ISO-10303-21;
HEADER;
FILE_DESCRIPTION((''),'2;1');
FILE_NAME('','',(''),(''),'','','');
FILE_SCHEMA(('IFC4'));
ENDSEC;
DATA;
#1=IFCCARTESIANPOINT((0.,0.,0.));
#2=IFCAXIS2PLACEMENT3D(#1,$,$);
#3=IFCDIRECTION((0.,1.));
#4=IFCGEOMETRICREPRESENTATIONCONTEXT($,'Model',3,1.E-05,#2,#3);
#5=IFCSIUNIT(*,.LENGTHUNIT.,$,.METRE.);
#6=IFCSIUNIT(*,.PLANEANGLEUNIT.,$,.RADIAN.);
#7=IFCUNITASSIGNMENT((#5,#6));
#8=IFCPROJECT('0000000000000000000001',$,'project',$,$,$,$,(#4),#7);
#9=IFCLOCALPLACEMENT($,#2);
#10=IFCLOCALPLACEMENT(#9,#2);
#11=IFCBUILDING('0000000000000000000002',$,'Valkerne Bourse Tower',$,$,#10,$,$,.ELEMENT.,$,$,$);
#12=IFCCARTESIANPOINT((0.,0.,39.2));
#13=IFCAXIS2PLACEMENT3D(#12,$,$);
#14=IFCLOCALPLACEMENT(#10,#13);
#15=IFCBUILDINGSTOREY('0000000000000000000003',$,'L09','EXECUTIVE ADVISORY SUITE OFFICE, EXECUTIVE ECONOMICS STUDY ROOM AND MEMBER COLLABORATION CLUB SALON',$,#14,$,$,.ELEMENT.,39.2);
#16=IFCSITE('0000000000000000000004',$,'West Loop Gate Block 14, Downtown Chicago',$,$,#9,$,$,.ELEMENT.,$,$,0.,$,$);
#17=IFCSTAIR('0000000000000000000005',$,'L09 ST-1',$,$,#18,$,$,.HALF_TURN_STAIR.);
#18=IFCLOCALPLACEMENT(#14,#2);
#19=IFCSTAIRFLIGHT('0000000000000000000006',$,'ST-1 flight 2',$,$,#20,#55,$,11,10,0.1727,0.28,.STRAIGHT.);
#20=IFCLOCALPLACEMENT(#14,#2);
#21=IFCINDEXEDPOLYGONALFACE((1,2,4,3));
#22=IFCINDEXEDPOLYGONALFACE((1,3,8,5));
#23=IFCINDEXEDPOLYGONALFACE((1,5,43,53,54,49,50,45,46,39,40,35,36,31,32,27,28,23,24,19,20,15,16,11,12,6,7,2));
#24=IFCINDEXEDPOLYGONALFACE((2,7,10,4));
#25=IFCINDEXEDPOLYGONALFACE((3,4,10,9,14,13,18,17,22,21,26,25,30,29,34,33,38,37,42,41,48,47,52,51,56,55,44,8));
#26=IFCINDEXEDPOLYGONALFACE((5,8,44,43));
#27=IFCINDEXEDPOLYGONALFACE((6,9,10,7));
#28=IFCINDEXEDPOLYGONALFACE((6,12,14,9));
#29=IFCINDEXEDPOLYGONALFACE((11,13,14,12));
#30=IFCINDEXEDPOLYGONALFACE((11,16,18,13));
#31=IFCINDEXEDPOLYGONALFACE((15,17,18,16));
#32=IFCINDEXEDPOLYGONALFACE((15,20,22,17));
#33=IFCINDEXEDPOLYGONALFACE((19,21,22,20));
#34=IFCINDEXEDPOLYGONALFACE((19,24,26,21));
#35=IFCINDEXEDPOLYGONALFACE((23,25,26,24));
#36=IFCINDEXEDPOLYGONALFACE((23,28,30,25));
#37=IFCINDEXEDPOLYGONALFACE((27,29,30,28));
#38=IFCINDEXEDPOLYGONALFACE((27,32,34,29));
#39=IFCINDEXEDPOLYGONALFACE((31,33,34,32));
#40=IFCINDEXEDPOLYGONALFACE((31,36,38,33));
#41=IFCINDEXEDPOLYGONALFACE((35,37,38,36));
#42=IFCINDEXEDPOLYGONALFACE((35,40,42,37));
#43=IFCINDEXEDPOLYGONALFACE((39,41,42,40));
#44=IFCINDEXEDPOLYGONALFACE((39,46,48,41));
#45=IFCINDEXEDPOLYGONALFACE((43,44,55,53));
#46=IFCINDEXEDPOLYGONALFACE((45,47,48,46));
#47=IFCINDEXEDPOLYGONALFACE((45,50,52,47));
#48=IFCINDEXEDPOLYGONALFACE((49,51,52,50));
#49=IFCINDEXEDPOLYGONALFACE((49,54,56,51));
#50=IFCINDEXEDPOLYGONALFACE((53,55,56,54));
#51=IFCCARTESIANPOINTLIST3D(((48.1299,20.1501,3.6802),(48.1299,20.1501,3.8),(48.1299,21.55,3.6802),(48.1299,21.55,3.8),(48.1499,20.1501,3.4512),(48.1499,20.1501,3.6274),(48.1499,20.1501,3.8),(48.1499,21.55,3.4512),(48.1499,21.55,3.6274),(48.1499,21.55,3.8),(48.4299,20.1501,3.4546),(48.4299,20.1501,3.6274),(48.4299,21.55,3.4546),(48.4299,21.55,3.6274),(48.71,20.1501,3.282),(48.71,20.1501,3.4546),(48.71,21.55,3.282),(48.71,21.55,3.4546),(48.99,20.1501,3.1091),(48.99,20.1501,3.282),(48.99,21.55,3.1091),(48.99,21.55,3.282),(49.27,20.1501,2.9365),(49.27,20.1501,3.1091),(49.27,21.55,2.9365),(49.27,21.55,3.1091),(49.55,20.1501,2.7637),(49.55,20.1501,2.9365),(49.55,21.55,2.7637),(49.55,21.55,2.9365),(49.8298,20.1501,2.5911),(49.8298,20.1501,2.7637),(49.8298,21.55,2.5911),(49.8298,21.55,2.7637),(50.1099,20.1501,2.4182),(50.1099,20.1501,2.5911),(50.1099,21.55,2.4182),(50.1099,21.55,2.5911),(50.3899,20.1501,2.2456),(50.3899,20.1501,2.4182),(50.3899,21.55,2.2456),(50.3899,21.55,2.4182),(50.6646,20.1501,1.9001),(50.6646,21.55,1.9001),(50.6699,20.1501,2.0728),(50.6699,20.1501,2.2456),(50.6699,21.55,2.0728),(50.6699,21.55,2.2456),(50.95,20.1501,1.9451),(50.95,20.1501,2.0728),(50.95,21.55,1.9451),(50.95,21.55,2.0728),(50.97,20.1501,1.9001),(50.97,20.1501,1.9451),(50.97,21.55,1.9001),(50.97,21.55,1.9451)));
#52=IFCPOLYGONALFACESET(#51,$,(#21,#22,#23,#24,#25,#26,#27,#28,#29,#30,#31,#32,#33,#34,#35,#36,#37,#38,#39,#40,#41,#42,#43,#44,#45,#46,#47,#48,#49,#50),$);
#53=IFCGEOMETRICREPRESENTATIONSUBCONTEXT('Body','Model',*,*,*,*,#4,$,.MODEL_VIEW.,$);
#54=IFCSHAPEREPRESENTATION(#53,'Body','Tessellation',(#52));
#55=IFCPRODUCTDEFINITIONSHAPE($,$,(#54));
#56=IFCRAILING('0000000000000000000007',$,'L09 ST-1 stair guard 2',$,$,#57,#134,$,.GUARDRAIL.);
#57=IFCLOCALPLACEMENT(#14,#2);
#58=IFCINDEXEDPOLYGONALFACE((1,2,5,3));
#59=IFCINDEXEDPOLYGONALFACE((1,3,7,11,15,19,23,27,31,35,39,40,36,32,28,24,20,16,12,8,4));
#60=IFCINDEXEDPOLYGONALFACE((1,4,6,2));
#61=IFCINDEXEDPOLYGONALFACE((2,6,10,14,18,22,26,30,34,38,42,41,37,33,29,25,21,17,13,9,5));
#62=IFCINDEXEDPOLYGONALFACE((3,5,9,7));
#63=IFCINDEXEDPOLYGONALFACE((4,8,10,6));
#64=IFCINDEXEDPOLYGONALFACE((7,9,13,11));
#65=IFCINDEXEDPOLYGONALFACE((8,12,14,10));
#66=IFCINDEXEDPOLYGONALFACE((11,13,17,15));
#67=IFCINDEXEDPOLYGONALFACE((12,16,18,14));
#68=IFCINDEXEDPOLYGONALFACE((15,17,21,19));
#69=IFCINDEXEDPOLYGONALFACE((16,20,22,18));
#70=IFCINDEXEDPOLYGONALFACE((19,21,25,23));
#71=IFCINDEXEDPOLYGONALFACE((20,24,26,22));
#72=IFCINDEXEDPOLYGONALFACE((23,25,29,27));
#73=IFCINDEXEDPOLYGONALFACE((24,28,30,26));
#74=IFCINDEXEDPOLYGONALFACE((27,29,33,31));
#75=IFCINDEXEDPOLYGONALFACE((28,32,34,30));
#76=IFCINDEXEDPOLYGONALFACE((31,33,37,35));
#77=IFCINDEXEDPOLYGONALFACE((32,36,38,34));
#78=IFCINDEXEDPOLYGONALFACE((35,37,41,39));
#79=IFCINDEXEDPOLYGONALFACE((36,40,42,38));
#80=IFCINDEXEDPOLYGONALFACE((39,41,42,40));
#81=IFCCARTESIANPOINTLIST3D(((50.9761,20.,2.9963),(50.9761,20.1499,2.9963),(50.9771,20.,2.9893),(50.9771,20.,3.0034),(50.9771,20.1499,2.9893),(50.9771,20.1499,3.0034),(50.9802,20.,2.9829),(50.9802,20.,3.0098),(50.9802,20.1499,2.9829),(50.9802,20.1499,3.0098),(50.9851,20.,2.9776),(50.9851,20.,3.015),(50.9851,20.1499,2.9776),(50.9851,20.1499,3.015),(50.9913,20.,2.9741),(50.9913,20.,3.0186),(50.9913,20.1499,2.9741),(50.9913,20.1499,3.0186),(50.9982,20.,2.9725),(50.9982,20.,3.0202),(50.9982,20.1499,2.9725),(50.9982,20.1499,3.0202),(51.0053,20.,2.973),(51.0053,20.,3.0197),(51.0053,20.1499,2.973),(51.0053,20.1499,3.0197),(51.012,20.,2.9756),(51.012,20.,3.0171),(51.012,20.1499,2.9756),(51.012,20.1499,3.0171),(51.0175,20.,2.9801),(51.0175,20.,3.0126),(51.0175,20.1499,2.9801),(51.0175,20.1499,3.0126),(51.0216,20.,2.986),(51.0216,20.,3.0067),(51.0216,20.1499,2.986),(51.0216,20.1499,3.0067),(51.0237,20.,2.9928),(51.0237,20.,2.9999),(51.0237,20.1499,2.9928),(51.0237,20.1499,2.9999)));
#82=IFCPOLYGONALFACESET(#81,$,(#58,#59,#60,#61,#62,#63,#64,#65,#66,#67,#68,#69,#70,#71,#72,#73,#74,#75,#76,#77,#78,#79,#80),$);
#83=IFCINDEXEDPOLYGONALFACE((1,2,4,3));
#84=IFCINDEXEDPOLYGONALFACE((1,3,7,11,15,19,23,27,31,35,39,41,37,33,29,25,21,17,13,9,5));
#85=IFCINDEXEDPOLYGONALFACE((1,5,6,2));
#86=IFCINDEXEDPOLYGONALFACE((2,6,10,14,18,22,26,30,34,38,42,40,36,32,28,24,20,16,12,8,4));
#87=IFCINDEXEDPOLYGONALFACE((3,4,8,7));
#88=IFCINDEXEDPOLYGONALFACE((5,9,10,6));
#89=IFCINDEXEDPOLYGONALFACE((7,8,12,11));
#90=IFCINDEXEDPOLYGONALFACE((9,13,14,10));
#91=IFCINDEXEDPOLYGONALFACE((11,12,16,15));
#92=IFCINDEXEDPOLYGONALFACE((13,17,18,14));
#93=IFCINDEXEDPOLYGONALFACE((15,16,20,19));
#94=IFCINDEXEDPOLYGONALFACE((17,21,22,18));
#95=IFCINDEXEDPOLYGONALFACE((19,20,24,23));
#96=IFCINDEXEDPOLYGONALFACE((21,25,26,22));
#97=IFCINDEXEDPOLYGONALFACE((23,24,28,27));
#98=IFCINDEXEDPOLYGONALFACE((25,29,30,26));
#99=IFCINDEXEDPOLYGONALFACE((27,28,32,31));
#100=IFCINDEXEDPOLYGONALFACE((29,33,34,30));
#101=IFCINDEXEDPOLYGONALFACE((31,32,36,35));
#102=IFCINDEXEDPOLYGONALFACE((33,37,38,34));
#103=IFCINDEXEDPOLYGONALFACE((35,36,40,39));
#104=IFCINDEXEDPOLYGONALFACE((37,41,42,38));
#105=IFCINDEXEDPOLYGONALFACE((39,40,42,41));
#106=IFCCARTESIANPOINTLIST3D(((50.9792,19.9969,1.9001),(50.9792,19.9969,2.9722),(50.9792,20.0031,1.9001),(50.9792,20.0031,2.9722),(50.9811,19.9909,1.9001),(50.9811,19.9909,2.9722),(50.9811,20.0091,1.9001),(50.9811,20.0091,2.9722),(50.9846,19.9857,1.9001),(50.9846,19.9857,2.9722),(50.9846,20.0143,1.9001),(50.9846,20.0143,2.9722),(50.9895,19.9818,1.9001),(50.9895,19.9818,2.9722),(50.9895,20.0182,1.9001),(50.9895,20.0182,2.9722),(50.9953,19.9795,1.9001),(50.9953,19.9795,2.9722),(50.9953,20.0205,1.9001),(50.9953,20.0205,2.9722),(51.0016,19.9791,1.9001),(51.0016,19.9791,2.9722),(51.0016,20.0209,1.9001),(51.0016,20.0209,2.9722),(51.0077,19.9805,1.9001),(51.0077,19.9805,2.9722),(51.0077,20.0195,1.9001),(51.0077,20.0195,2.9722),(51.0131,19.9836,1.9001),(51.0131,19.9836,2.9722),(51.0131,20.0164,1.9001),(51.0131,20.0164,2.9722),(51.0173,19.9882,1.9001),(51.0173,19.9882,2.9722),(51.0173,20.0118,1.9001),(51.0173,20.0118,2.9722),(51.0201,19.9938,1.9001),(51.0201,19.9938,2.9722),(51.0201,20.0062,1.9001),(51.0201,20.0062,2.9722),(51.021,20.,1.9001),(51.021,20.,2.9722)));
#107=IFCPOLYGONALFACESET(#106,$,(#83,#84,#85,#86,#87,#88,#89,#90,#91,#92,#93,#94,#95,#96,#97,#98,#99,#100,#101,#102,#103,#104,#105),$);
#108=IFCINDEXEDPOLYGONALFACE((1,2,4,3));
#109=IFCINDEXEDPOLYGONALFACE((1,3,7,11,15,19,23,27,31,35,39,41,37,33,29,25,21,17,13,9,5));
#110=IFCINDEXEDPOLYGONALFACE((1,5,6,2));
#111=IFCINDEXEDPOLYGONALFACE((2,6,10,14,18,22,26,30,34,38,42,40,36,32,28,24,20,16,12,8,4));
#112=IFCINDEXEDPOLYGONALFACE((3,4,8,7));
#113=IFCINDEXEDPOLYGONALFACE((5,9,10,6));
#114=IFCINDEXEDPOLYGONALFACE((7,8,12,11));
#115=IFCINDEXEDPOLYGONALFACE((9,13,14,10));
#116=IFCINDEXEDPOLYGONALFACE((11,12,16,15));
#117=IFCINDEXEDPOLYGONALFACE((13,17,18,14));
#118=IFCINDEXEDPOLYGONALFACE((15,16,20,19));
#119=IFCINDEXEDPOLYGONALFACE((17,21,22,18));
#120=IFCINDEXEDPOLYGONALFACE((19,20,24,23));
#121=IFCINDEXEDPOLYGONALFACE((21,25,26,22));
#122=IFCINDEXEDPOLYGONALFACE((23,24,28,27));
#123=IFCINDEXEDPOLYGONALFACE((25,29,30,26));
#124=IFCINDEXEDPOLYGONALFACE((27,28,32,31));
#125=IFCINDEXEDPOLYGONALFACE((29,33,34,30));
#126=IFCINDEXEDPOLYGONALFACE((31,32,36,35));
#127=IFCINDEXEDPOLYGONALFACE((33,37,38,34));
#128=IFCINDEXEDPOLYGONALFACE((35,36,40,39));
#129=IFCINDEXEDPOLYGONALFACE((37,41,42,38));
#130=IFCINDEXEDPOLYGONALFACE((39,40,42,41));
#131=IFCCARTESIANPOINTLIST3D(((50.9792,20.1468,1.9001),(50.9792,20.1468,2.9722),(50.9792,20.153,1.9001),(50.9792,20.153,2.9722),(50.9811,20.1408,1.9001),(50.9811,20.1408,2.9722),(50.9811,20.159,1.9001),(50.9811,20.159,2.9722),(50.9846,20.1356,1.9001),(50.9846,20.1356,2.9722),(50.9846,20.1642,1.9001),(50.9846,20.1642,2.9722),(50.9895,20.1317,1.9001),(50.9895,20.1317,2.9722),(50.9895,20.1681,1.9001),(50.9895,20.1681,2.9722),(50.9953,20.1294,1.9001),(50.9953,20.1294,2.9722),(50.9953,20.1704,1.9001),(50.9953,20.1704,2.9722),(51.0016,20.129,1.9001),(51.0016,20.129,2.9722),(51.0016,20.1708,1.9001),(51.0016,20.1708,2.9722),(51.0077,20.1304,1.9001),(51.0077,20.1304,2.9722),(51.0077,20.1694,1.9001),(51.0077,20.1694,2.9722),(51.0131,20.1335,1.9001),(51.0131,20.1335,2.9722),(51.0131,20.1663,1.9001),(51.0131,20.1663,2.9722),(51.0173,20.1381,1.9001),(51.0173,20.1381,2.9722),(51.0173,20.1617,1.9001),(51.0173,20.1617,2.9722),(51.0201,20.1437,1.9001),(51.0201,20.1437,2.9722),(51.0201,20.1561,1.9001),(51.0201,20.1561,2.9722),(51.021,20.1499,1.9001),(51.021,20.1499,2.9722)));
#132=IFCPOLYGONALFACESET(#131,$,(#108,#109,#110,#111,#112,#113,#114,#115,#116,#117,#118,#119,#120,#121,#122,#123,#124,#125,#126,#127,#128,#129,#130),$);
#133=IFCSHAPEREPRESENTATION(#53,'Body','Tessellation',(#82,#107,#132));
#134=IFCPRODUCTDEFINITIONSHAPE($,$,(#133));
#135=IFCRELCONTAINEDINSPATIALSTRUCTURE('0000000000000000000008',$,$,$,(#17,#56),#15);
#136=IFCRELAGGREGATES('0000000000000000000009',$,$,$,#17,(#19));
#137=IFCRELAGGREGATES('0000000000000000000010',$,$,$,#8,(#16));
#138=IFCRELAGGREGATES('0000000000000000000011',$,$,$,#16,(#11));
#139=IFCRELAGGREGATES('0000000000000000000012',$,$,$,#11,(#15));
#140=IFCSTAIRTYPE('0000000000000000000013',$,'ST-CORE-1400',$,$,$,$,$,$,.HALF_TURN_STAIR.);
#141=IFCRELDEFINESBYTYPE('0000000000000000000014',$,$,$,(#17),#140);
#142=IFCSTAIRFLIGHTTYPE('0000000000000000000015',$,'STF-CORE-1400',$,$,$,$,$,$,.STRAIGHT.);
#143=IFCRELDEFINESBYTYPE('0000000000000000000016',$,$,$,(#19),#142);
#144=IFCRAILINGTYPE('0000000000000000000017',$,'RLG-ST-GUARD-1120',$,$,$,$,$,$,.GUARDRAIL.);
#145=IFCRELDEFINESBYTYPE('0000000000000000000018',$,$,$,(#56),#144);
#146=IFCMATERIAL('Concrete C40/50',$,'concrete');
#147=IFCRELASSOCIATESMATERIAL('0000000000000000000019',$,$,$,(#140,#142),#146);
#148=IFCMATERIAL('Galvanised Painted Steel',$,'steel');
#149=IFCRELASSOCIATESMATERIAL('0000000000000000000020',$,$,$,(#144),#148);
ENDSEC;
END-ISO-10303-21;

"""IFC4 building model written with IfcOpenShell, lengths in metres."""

from ifc_helpers import new_model, si_unit, direction, frame, origin, origin_2d, place, context, subcontext, project, spatial, polyline, circle, outline, extrude, material, type_object, element, aggregate, save


model = new_model("IFC4")

# Units and contexts
model_context = context("Model", 3, precision=1e-05, world=origin(), true_north=direction((0.0, 1.0)))
body_context = subcontext(model_context, "Body", "Model", "MODEL_VIEW")
ifc_project = project(units=[si_unit("LENGTHUNIT", "METRE"), si_unit("PLANEANGLEUNIT", "RADIAN")], contexts=[model_context])

# Site, building, storey
site_placement = place(None, origin())
site = spatial("IfcSite", under=ifc_project, at=site_placement, Name="West Loop Gate Block 14, Downtown Chicago", CompositionType="ELEMENT", RefElevation=0.0)
building_placement = place(site_placement, origin())
building = spatial("IfcBuilding", under=site, at=building_placement, Name="Valkerne Bourse Tower", CompositionType="ELEMENT")
storey_placement = place(building_placement, frame((0.0, 0.0, 39.2)))
storey = spatial("IfcBuildingStorey", under=building, at=storey_placement, Name="L09", Description="EXECUTIVE ADVISORY SUITE OFFICE, EXECUTIVE ECONOMICS STUDY ROOM AND MEMBER COLLABORATION CLUB SALON", CompositionType="ELEMENT", Elevation=39.2)

# Shared definitions
ifc_material_1 = material(Name="Galvanised Painted Steel", Category="steel")

# Shared definitions
ifc_material_2 = material(Name="Concrete C40/50", Category="concrete")

# Stair, stair flight
stair_type = type_object("IfcStairType", Name="ST-CORE-1400", PredefinedType="HALF_TURN_STAIR", material=ifc_material_2)
stair_placement = place(storey_placement, origin())
stair = element("IfcStair", 1, at=stair_placement, inside=storey, type_object=stair_type, Name="L09 ST-1", PredefinedType="HALF_TURN_STAIR")
stair_flight_type = type_object("IfcStairFlightType", Name="STF-CORE-1400", PredefinedType="STRAIGHT", material=ifc_material_2)
stair_flight_placement = place(storey_placement, frame((50.95, 20.8501, 1.9001), z_axis=(0.0, 0.0, 1.0), x_axis=(-1.0, 0.0, 0.0)))
stair_flight = element("IfcStairFlight", 2, at=stair_flight_placement, type_object=stair_flight_type, Name="ST-1 flight 2", NumberOfRisers=11, NumberOfTreads=10, PredefinedType="STRAIGHT", RiserHeight=0.1727, TreadLength=0.28, context=body_context, shape_type="SweptSolid", body=[
    extrude(outline(polyline([(-0.02, 0.0), (-0.02, 0.0449), (0.0, 0.0449), (0.0, 0.1726), (0.28, 0.1726), (0.28, 0.3455), (0.5601, 0.3455), (0.5601, 0.5181), (0.8401, 0.5181), (0.8401, 0.6909), (1.1201, 0.6909), (1.1201, 0.8635), (1.3999, 0.8635), (1.3999, 1.0364), (1.6799, 1.0364), (1.6799, 1.209), (1.96, 1.209), (1.96, 1.3818), (2.24, 1.3818), (2.24, 1.5544), (2.52, 1.5544), (2.52, 1.7273), (2.8, 1.7273), (2.8, 1.8999), (2.8201, 1.8999), (2.8201, 1.78), (2.8, 1.551), (0.2854, 0.0), (-0.02, 0.0)])), frame((0.0, 0.7, 0.0), z_axis=(0.0, -1.0, 0.0), x_axis=(1.0, 0.0, 0.0)), (0.0, 0.0, 1.0), 1.3999),
])
aggregate(stair, [stair_flight])

# Railing
railing_type_1 = type_object("IfcRailingType", Name="RLG-ST-GUARD-1120", PredefinedType="GUARDRAIL", material=ifc_material_1)
railing_1_placement = place(storey_placement, frame((51.0, 20.0, 1.9001)))
element("IfcRailing", 3, at=railing_1_placement, inside=storey, type_object=railing_type_1, Name="L09 ST-1 stair guard 2", PredefinedType="GUARDRAIL", context=body_context, shape_type="SweptSolid", body=[
    extrude(circle(Radius=0.0239, at=origin_2d()), frame((0.0, 0.0, 1.0962), z_axis=(0.0, 1.0, 0.0), x_axis=(-1.0, 0.0, 0.0)), (0.0, 0.0, 1.0), 0.1499),
    extrude(circle(Radius=0.021, at=origin_2d()), origin(), (0.0, 0.0, 1.0), 1.072),
    extrude(circle(Radius=0.021, at=origin_2d()), frame((0.0, 0.1499, 0.0)), (0.0, 0.0, 1.0), 1.072),
])

save(model, "model.ifc")
